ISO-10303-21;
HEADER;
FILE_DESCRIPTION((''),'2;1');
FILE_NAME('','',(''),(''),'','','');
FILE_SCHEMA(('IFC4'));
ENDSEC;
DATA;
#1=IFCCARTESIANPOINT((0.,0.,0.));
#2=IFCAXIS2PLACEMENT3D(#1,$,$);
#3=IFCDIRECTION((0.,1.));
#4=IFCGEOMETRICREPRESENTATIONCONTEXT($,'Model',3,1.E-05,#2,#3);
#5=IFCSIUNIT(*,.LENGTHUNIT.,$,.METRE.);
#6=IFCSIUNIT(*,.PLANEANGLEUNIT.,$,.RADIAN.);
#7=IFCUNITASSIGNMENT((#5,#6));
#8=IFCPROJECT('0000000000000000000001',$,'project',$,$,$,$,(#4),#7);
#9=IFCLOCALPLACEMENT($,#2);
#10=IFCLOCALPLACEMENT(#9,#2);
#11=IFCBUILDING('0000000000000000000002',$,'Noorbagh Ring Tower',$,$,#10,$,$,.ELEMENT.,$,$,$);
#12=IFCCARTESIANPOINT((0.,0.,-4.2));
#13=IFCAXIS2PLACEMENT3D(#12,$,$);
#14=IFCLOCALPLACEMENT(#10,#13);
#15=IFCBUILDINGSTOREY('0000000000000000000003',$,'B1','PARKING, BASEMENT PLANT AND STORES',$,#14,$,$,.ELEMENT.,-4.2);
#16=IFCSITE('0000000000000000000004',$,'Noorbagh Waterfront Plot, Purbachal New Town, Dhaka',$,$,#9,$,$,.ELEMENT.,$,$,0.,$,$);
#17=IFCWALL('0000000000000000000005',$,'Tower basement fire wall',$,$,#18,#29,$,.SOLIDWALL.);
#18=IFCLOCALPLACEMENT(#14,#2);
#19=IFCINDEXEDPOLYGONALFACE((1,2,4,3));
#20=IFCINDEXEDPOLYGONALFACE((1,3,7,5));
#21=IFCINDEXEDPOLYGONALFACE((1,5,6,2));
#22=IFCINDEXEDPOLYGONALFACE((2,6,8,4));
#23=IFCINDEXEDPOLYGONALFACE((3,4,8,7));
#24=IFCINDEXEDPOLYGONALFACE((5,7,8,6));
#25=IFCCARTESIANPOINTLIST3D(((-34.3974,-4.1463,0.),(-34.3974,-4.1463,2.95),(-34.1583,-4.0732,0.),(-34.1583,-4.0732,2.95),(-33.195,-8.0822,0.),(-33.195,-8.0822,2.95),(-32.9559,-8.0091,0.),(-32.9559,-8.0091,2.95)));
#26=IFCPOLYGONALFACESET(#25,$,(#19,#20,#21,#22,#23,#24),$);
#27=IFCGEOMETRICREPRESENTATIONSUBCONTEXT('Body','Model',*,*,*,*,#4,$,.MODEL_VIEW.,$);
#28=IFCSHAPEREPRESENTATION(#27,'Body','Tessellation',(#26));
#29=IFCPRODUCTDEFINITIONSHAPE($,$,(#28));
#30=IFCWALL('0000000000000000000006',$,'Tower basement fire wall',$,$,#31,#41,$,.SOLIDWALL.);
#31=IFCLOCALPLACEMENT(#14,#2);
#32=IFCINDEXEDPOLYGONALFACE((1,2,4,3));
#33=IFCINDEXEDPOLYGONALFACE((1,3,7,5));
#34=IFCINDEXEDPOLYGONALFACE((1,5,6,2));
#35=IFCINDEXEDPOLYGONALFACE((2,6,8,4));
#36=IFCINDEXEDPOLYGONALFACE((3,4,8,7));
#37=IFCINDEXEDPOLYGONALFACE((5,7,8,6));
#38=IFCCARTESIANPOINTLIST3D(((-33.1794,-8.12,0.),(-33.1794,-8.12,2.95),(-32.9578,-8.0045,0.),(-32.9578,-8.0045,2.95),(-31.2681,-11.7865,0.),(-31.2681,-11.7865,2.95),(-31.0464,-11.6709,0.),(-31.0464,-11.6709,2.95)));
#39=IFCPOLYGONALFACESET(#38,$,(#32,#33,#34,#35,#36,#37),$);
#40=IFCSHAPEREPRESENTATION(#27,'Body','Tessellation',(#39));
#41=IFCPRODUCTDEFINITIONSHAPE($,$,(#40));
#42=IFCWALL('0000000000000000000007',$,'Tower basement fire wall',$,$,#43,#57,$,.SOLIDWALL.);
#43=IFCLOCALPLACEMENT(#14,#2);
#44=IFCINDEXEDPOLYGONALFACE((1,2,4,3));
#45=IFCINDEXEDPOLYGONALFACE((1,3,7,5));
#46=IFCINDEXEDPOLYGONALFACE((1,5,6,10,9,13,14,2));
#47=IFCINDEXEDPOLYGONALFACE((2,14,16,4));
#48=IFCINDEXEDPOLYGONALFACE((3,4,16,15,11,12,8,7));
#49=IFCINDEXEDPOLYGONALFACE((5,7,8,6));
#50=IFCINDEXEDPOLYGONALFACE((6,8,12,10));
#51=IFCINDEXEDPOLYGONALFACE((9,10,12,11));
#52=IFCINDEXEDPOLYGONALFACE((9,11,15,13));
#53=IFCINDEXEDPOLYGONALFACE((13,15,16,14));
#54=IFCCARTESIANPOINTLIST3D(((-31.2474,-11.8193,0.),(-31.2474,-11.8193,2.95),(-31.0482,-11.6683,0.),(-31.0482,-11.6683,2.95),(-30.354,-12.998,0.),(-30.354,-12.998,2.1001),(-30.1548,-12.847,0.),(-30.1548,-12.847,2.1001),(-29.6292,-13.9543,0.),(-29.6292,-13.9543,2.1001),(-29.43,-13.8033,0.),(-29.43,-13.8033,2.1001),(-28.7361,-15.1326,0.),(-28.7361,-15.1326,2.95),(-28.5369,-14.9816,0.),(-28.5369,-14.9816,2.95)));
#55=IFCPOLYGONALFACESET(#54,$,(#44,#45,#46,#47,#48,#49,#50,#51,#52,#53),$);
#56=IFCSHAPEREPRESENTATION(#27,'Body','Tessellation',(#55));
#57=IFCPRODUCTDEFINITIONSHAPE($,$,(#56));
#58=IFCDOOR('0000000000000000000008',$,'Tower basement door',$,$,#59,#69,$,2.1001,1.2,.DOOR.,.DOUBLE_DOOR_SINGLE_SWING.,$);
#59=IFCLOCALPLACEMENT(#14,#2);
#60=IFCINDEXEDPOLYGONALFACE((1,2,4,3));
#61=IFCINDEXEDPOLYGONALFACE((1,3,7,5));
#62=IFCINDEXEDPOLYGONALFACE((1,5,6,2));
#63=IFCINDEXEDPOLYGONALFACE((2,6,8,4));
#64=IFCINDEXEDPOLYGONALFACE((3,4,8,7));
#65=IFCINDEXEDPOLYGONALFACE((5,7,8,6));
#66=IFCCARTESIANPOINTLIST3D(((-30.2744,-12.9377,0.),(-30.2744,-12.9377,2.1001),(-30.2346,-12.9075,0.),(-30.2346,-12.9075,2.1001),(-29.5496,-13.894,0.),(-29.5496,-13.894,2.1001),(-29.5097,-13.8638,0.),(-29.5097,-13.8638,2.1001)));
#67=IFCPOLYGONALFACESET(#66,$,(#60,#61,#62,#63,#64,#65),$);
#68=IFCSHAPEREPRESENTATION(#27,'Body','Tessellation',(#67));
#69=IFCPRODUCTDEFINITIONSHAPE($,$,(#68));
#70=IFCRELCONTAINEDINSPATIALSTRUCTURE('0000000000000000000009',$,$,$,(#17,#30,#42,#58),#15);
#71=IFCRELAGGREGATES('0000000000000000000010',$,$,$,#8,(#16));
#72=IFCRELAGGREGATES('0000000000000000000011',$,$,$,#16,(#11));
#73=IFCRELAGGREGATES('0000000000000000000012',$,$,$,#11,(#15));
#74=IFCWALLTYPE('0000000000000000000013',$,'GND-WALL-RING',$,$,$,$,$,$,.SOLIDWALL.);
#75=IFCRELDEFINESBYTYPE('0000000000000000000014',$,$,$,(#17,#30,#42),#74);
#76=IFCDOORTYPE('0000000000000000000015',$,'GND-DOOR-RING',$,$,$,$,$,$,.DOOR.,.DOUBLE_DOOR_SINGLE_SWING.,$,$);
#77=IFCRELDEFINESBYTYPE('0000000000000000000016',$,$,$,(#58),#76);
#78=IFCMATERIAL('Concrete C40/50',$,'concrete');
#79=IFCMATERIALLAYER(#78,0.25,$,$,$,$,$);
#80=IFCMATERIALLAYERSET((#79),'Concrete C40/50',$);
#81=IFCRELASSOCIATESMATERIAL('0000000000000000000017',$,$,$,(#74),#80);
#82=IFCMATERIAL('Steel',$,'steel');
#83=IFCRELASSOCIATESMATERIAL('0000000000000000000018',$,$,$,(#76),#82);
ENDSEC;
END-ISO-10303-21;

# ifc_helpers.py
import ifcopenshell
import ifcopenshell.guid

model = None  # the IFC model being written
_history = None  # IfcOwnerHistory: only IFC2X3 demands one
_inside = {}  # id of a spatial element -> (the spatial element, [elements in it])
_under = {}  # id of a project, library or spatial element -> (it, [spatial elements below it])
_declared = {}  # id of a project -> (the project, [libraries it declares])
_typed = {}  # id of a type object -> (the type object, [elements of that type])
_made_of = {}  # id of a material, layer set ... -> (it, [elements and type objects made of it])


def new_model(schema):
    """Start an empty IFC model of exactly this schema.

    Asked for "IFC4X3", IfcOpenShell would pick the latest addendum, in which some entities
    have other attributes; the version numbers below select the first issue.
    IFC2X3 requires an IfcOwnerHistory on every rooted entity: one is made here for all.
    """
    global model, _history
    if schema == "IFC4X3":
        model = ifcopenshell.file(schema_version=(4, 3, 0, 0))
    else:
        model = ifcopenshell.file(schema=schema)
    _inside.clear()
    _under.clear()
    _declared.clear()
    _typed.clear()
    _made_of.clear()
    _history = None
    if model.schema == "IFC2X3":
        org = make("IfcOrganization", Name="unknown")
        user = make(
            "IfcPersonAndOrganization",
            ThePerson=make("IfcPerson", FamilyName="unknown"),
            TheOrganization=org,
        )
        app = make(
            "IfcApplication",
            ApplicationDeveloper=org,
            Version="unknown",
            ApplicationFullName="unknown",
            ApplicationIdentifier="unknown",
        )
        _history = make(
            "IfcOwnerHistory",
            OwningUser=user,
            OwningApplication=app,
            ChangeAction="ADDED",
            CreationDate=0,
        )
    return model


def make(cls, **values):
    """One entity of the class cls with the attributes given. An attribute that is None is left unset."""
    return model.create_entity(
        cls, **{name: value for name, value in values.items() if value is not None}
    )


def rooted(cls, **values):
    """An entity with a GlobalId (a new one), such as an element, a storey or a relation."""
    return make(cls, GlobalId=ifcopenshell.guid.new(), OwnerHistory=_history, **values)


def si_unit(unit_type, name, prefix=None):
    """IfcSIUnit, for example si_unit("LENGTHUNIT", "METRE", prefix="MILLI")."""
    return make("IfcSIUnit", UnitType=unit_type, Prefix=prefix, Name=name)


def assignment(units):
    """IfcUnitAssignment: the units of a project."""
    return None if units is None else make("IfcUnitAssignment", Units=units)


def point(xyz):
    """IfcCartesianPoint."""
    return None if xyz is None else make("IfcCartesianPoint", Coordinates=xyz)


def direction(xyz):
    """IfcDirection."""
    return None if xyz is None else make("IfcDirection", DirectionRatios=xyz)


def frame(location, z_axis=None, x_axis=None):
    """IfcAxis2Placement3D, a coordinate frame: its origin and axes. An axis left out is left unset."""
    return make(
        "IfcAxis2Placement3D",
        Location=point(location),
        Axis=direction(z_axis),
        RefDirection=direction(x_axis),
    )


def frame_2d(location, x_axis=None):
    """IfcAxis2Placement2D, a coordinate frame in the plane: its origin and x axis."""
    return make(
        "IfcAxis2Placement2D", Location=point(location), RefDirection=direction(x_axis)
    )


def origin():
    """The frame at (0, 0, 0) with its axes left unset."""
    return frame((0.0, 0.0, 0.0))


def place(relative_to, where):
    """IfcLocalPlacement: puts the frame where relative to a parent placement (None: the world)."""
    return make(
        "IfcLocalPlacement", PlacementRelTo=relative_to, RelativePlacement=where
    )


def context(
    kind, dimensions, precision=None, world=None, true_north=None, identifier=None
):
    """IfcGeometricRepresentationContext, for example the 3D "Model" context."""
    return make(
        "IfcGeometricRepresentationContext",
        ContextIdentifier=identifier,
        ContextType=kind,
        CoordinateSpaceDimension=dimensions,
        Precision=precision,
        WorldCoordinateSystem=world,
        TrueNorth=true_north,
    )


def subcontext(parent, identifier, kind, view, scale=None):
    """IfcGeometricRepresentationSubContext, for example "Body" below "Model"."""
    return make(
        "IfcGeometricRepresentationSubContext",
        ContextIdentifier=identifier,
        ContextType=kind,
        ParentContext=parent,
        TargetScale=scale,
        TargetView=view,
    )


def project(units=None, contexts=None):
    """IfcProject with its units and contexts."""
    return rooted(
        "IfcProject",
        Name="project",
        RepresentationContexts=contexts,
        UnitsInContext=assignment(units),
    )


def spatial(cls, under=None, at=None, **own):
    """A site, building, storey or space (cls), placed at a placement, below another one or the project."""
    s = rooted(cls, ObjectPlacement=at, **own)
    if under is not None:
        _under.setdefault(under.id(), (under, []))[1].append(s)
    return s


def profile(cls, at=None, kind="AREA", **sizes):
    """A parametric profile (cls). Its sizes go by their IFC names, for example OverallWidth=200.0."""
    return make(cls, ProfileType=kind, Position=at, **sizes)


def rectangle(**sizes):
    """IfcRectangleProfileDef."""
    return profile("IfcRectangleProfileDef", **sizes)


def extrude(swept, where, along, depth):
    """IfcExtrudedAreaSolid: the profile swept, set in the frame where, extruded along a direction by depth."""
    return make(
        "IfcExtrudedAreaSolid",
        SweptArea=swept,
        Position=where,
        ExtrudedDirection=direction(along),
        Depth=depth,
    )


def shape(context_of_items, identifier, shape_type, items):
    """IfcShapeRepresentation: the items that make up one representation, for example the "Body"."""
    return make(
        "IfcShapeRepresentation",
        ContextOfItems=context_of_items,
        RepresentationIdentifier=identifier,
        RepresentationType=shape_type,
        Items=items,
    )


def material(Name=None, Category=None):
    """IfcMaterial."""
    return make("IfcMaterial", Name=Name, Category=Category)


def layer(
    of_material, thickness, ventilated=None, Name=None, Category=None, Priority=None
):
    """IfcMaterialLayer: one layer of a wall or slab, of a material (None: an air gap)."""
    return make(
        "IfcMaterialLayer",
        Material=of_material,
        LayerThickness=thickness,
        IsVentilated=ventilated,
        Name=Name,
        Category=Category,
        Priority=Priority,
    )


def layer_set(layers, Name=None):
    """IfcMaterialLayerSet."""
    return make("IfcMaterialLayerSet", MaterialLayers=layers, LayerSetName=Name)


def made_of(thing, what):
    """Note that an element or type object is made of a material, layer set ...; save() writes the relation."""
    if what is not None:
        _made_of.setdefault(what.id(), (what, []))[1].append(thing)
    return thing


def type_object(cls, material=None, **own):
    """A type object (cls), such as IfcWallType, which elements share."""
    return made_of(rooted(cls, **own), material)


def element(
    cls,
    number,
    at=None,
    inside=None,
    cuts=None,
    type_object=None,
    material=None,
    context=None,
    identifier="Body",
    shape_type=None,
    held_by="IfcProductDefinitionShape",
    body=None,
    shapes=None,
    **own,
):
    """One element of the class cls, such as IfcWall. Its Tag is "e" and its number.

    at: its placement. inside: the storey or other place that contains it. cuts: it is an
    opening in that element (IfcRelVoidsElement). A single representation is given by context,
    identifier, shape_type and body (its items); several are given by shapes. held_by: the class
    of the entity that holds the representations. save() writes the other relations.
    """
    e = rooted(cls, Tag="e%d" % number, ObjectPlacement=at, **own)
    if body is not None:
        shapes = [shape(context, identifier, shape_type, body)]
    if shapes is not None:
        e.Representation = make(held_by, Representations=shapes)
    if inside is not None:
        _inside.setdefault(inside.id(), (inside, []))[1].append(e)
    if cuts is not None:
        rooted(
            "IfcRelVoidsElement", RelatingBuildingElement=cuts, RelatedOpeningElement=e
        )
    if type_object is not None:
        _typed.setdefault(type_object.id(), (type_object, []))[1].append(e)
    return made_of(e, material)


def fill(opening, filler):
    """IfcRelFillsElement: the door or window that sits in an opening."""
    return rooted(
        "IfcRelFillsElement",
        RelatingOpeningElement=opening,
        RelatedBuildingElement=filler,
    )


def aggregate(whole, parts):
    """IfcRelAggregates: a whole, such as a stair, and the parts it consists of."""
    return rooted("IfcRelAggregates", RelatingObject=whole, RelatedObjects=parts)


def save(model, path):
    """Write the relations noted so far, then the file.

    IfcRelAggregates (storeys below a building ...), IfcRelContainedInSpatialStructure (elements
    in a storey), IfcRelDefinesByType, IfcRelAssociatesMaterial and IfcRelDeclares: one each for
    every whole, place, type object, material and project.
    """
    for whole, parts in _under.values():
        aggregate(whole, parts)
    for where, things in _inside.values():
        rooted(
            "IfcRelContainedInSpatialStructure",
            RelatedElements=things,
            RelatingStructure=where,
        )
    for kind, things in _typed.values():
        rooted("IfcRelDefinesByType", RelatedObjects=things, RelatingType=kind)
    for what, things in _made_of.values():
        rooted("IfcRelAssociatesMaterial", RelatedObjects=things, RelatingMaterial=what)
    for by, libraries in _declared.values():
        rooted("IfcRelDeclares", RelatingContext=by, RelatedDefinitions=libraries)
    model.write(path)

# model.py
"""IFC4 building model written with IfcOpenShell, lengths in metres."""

from ifc_helpers import new_model, si_unit, direction, frame, frame_2d, origin, place, context, subcontext, project, spatial, rectangle, extrude, material, layer, layer_set, type_object, element, fill, save


model = new_model("IFC4")

# Units and contexts
model_context = context("Model", 3, precision=1e-05, world=origin(), true_north=direction((0.0, 1.0)))
body_context = subcontext(model_context, "Body", "Model", "MODEL_VIEW")
ifc_project = project(units=[si_unit("LENGTHUNIT", "METRE"), si_unit("PLANEANGLEUNIT", "RADIAN")], contexts=[model_context])

# Site, building, storey
site_placement = place(None, origin())
site = spatial("IfcSite", under=ifc_project, at=site_placement, Name="Noorbagh Waterfront Plot, Purbachal New Town, Dhaka", CompositionType="ELEMENT", RefElevation=0.0)
building_placement = place(site_placement, origin())
building = spatial("IfcBuilding", under=site, at=building_placement, Name="Noorbagh Ring Tower", CompositionType="ELEMENT")
storey_placement = place(building_placement, frame((0.0, 0.0, -4.2)))
storey = spatial("IfcBuildingStorey", under=building, at=storey_placement, Name="B1", Description="PARKING, BASEMENT PLANT AND STORES", CompositionType="ELEMENT", Elevation=-4.2)

# Walls
ifc_material_1 = material(Name="Concrete C40/50", Category="concrete")
ifc_layer_1 = layer(ifc_material_1, 0.25)
ifc_layer_set_1 = layer_set([ifc_layer_1], Name="Concrete C40/50")
wall_type_1 = type_object("IfcWallType", Name="GND-WALL-RING", PredefinedType="SOLIDWALL", material=ifc_layer_set_1)
wall_1_placement = place(storey_placement, frame((-34.2778, -4.1099, 0.0), z_axis=(0.0, 0.0, 1.0), x_axis=(0.292172, -0.956366, 0.0)))
element("IfcWall", 1, at=wall_1_placement, inside=storey, type_object=wall_type_1, Name="Tower basement fire wall", PredefinedType="SOLIDWALL", context=body_context, shape_type="SweptSolid", body=[
    extrude(rectangle(XDim=4.1155, YDim=0.25, at=frame_2d((2.0576, 0.0))), origin(), (0.0, 0.0, 1.0), 2.95),
])
wall_2_placement = place(storey_placement, frame((-33.0686, -8.0623, 0.0), z_axis=(0.0, 0.0, 1.0), x_axis=(0.462265, -0.886742, 0.0)))
element("IfcWall", 2, at=wall_2_placement, inside=storey, type_object=wall_type_1, Name="Tower basement fire wall", PredefinedType="SOLIDWALL", context=body_context, shape_type="SweptSolid", body=[
    extrude(rectangle(XDim=4.1348, YDim=0.25, at=frame_2d((2.0674, 0.0))), origin(), (0.0, 0.0, 1.0), 2.95),
])

# Wall, opening, door
wall_3_placement = place(storey_placement, frame((-31.1477, -11.7439, 0.0), z_axis=(0.0, 0.0, 1.0), x_axis=(0.604042, -0.796953, 0.0)))
wall_3 = element("IfcWall", 3, at=wall_3_placement, inside=storey, type_object=wall_type_1, Name="Tower basement fire wall", PredefinedType="SOLIDWALL", context=body_context, shape_type="SweptSolid", body=[
    extrude(rectangle(XDim=4.1575, YDim=0.25, at=frame_2d((2.0786, 0.0))), origin(), (0.0, 0.0, 1.0), 2.95),
])
opening_1_placement = place(wall_3_placement, frame((1.4788, 0.0, 0.0)))
opening_1 = element("IfcOpeningElement", 4, at=opening_1_placement, cuts=wall_3, PredefinedType="OPENING", context=body_context, shape_type="SweptSolid", body=[
    extrude(rectangle(XDim=1.2, YDim=2.1001, at=frame_2d((0.6001, 1.05))), frame((0.0, 0.135, 0.0), z_axis=(0.0, -1.0, 0.0), x_axis=(1.0, 0.0, 0.0)), (0.0, 0.0, 1.0), 0.27),
])
ifc_material_2 = material(Name="Steel", Category="steel")
door_type_1 = type_object("IfcDoorType", Name="GND-DOOR-RING", OperationType="DOUBLE_DOOR_SINGLE_SWING", PredefinedType="DOOR", material=ifc_material_2)
door_1_placement = place(opening_1_placement, origin())
door_1 = element("IfcDoor", 5, at=door_1_placement, inside=storey, type_object=door_type_1, Name="Tower basement door", OperationType="DOUBLE_DOOR_SINGLE_SWING", OverallHeight=2.1001, OverallWidth=1.2, PredefinedType="DOOR", context=body_context, shape_type="SweptSolid", body=[
    extrude(rectangle(XDim=1.2, YDim=2.1001, at=frame_2d((0.6001, 1.05))), frame((0.0, 0.0249, 0.0), z_axis=(0.0, -1.0, 0.0), x_axis=(1.0, 0.0, 0.0)), (0.0, 0.0, 1.0), 0.05),
])
fill(opening_1, door_1)

save(model, "model.ifc")
